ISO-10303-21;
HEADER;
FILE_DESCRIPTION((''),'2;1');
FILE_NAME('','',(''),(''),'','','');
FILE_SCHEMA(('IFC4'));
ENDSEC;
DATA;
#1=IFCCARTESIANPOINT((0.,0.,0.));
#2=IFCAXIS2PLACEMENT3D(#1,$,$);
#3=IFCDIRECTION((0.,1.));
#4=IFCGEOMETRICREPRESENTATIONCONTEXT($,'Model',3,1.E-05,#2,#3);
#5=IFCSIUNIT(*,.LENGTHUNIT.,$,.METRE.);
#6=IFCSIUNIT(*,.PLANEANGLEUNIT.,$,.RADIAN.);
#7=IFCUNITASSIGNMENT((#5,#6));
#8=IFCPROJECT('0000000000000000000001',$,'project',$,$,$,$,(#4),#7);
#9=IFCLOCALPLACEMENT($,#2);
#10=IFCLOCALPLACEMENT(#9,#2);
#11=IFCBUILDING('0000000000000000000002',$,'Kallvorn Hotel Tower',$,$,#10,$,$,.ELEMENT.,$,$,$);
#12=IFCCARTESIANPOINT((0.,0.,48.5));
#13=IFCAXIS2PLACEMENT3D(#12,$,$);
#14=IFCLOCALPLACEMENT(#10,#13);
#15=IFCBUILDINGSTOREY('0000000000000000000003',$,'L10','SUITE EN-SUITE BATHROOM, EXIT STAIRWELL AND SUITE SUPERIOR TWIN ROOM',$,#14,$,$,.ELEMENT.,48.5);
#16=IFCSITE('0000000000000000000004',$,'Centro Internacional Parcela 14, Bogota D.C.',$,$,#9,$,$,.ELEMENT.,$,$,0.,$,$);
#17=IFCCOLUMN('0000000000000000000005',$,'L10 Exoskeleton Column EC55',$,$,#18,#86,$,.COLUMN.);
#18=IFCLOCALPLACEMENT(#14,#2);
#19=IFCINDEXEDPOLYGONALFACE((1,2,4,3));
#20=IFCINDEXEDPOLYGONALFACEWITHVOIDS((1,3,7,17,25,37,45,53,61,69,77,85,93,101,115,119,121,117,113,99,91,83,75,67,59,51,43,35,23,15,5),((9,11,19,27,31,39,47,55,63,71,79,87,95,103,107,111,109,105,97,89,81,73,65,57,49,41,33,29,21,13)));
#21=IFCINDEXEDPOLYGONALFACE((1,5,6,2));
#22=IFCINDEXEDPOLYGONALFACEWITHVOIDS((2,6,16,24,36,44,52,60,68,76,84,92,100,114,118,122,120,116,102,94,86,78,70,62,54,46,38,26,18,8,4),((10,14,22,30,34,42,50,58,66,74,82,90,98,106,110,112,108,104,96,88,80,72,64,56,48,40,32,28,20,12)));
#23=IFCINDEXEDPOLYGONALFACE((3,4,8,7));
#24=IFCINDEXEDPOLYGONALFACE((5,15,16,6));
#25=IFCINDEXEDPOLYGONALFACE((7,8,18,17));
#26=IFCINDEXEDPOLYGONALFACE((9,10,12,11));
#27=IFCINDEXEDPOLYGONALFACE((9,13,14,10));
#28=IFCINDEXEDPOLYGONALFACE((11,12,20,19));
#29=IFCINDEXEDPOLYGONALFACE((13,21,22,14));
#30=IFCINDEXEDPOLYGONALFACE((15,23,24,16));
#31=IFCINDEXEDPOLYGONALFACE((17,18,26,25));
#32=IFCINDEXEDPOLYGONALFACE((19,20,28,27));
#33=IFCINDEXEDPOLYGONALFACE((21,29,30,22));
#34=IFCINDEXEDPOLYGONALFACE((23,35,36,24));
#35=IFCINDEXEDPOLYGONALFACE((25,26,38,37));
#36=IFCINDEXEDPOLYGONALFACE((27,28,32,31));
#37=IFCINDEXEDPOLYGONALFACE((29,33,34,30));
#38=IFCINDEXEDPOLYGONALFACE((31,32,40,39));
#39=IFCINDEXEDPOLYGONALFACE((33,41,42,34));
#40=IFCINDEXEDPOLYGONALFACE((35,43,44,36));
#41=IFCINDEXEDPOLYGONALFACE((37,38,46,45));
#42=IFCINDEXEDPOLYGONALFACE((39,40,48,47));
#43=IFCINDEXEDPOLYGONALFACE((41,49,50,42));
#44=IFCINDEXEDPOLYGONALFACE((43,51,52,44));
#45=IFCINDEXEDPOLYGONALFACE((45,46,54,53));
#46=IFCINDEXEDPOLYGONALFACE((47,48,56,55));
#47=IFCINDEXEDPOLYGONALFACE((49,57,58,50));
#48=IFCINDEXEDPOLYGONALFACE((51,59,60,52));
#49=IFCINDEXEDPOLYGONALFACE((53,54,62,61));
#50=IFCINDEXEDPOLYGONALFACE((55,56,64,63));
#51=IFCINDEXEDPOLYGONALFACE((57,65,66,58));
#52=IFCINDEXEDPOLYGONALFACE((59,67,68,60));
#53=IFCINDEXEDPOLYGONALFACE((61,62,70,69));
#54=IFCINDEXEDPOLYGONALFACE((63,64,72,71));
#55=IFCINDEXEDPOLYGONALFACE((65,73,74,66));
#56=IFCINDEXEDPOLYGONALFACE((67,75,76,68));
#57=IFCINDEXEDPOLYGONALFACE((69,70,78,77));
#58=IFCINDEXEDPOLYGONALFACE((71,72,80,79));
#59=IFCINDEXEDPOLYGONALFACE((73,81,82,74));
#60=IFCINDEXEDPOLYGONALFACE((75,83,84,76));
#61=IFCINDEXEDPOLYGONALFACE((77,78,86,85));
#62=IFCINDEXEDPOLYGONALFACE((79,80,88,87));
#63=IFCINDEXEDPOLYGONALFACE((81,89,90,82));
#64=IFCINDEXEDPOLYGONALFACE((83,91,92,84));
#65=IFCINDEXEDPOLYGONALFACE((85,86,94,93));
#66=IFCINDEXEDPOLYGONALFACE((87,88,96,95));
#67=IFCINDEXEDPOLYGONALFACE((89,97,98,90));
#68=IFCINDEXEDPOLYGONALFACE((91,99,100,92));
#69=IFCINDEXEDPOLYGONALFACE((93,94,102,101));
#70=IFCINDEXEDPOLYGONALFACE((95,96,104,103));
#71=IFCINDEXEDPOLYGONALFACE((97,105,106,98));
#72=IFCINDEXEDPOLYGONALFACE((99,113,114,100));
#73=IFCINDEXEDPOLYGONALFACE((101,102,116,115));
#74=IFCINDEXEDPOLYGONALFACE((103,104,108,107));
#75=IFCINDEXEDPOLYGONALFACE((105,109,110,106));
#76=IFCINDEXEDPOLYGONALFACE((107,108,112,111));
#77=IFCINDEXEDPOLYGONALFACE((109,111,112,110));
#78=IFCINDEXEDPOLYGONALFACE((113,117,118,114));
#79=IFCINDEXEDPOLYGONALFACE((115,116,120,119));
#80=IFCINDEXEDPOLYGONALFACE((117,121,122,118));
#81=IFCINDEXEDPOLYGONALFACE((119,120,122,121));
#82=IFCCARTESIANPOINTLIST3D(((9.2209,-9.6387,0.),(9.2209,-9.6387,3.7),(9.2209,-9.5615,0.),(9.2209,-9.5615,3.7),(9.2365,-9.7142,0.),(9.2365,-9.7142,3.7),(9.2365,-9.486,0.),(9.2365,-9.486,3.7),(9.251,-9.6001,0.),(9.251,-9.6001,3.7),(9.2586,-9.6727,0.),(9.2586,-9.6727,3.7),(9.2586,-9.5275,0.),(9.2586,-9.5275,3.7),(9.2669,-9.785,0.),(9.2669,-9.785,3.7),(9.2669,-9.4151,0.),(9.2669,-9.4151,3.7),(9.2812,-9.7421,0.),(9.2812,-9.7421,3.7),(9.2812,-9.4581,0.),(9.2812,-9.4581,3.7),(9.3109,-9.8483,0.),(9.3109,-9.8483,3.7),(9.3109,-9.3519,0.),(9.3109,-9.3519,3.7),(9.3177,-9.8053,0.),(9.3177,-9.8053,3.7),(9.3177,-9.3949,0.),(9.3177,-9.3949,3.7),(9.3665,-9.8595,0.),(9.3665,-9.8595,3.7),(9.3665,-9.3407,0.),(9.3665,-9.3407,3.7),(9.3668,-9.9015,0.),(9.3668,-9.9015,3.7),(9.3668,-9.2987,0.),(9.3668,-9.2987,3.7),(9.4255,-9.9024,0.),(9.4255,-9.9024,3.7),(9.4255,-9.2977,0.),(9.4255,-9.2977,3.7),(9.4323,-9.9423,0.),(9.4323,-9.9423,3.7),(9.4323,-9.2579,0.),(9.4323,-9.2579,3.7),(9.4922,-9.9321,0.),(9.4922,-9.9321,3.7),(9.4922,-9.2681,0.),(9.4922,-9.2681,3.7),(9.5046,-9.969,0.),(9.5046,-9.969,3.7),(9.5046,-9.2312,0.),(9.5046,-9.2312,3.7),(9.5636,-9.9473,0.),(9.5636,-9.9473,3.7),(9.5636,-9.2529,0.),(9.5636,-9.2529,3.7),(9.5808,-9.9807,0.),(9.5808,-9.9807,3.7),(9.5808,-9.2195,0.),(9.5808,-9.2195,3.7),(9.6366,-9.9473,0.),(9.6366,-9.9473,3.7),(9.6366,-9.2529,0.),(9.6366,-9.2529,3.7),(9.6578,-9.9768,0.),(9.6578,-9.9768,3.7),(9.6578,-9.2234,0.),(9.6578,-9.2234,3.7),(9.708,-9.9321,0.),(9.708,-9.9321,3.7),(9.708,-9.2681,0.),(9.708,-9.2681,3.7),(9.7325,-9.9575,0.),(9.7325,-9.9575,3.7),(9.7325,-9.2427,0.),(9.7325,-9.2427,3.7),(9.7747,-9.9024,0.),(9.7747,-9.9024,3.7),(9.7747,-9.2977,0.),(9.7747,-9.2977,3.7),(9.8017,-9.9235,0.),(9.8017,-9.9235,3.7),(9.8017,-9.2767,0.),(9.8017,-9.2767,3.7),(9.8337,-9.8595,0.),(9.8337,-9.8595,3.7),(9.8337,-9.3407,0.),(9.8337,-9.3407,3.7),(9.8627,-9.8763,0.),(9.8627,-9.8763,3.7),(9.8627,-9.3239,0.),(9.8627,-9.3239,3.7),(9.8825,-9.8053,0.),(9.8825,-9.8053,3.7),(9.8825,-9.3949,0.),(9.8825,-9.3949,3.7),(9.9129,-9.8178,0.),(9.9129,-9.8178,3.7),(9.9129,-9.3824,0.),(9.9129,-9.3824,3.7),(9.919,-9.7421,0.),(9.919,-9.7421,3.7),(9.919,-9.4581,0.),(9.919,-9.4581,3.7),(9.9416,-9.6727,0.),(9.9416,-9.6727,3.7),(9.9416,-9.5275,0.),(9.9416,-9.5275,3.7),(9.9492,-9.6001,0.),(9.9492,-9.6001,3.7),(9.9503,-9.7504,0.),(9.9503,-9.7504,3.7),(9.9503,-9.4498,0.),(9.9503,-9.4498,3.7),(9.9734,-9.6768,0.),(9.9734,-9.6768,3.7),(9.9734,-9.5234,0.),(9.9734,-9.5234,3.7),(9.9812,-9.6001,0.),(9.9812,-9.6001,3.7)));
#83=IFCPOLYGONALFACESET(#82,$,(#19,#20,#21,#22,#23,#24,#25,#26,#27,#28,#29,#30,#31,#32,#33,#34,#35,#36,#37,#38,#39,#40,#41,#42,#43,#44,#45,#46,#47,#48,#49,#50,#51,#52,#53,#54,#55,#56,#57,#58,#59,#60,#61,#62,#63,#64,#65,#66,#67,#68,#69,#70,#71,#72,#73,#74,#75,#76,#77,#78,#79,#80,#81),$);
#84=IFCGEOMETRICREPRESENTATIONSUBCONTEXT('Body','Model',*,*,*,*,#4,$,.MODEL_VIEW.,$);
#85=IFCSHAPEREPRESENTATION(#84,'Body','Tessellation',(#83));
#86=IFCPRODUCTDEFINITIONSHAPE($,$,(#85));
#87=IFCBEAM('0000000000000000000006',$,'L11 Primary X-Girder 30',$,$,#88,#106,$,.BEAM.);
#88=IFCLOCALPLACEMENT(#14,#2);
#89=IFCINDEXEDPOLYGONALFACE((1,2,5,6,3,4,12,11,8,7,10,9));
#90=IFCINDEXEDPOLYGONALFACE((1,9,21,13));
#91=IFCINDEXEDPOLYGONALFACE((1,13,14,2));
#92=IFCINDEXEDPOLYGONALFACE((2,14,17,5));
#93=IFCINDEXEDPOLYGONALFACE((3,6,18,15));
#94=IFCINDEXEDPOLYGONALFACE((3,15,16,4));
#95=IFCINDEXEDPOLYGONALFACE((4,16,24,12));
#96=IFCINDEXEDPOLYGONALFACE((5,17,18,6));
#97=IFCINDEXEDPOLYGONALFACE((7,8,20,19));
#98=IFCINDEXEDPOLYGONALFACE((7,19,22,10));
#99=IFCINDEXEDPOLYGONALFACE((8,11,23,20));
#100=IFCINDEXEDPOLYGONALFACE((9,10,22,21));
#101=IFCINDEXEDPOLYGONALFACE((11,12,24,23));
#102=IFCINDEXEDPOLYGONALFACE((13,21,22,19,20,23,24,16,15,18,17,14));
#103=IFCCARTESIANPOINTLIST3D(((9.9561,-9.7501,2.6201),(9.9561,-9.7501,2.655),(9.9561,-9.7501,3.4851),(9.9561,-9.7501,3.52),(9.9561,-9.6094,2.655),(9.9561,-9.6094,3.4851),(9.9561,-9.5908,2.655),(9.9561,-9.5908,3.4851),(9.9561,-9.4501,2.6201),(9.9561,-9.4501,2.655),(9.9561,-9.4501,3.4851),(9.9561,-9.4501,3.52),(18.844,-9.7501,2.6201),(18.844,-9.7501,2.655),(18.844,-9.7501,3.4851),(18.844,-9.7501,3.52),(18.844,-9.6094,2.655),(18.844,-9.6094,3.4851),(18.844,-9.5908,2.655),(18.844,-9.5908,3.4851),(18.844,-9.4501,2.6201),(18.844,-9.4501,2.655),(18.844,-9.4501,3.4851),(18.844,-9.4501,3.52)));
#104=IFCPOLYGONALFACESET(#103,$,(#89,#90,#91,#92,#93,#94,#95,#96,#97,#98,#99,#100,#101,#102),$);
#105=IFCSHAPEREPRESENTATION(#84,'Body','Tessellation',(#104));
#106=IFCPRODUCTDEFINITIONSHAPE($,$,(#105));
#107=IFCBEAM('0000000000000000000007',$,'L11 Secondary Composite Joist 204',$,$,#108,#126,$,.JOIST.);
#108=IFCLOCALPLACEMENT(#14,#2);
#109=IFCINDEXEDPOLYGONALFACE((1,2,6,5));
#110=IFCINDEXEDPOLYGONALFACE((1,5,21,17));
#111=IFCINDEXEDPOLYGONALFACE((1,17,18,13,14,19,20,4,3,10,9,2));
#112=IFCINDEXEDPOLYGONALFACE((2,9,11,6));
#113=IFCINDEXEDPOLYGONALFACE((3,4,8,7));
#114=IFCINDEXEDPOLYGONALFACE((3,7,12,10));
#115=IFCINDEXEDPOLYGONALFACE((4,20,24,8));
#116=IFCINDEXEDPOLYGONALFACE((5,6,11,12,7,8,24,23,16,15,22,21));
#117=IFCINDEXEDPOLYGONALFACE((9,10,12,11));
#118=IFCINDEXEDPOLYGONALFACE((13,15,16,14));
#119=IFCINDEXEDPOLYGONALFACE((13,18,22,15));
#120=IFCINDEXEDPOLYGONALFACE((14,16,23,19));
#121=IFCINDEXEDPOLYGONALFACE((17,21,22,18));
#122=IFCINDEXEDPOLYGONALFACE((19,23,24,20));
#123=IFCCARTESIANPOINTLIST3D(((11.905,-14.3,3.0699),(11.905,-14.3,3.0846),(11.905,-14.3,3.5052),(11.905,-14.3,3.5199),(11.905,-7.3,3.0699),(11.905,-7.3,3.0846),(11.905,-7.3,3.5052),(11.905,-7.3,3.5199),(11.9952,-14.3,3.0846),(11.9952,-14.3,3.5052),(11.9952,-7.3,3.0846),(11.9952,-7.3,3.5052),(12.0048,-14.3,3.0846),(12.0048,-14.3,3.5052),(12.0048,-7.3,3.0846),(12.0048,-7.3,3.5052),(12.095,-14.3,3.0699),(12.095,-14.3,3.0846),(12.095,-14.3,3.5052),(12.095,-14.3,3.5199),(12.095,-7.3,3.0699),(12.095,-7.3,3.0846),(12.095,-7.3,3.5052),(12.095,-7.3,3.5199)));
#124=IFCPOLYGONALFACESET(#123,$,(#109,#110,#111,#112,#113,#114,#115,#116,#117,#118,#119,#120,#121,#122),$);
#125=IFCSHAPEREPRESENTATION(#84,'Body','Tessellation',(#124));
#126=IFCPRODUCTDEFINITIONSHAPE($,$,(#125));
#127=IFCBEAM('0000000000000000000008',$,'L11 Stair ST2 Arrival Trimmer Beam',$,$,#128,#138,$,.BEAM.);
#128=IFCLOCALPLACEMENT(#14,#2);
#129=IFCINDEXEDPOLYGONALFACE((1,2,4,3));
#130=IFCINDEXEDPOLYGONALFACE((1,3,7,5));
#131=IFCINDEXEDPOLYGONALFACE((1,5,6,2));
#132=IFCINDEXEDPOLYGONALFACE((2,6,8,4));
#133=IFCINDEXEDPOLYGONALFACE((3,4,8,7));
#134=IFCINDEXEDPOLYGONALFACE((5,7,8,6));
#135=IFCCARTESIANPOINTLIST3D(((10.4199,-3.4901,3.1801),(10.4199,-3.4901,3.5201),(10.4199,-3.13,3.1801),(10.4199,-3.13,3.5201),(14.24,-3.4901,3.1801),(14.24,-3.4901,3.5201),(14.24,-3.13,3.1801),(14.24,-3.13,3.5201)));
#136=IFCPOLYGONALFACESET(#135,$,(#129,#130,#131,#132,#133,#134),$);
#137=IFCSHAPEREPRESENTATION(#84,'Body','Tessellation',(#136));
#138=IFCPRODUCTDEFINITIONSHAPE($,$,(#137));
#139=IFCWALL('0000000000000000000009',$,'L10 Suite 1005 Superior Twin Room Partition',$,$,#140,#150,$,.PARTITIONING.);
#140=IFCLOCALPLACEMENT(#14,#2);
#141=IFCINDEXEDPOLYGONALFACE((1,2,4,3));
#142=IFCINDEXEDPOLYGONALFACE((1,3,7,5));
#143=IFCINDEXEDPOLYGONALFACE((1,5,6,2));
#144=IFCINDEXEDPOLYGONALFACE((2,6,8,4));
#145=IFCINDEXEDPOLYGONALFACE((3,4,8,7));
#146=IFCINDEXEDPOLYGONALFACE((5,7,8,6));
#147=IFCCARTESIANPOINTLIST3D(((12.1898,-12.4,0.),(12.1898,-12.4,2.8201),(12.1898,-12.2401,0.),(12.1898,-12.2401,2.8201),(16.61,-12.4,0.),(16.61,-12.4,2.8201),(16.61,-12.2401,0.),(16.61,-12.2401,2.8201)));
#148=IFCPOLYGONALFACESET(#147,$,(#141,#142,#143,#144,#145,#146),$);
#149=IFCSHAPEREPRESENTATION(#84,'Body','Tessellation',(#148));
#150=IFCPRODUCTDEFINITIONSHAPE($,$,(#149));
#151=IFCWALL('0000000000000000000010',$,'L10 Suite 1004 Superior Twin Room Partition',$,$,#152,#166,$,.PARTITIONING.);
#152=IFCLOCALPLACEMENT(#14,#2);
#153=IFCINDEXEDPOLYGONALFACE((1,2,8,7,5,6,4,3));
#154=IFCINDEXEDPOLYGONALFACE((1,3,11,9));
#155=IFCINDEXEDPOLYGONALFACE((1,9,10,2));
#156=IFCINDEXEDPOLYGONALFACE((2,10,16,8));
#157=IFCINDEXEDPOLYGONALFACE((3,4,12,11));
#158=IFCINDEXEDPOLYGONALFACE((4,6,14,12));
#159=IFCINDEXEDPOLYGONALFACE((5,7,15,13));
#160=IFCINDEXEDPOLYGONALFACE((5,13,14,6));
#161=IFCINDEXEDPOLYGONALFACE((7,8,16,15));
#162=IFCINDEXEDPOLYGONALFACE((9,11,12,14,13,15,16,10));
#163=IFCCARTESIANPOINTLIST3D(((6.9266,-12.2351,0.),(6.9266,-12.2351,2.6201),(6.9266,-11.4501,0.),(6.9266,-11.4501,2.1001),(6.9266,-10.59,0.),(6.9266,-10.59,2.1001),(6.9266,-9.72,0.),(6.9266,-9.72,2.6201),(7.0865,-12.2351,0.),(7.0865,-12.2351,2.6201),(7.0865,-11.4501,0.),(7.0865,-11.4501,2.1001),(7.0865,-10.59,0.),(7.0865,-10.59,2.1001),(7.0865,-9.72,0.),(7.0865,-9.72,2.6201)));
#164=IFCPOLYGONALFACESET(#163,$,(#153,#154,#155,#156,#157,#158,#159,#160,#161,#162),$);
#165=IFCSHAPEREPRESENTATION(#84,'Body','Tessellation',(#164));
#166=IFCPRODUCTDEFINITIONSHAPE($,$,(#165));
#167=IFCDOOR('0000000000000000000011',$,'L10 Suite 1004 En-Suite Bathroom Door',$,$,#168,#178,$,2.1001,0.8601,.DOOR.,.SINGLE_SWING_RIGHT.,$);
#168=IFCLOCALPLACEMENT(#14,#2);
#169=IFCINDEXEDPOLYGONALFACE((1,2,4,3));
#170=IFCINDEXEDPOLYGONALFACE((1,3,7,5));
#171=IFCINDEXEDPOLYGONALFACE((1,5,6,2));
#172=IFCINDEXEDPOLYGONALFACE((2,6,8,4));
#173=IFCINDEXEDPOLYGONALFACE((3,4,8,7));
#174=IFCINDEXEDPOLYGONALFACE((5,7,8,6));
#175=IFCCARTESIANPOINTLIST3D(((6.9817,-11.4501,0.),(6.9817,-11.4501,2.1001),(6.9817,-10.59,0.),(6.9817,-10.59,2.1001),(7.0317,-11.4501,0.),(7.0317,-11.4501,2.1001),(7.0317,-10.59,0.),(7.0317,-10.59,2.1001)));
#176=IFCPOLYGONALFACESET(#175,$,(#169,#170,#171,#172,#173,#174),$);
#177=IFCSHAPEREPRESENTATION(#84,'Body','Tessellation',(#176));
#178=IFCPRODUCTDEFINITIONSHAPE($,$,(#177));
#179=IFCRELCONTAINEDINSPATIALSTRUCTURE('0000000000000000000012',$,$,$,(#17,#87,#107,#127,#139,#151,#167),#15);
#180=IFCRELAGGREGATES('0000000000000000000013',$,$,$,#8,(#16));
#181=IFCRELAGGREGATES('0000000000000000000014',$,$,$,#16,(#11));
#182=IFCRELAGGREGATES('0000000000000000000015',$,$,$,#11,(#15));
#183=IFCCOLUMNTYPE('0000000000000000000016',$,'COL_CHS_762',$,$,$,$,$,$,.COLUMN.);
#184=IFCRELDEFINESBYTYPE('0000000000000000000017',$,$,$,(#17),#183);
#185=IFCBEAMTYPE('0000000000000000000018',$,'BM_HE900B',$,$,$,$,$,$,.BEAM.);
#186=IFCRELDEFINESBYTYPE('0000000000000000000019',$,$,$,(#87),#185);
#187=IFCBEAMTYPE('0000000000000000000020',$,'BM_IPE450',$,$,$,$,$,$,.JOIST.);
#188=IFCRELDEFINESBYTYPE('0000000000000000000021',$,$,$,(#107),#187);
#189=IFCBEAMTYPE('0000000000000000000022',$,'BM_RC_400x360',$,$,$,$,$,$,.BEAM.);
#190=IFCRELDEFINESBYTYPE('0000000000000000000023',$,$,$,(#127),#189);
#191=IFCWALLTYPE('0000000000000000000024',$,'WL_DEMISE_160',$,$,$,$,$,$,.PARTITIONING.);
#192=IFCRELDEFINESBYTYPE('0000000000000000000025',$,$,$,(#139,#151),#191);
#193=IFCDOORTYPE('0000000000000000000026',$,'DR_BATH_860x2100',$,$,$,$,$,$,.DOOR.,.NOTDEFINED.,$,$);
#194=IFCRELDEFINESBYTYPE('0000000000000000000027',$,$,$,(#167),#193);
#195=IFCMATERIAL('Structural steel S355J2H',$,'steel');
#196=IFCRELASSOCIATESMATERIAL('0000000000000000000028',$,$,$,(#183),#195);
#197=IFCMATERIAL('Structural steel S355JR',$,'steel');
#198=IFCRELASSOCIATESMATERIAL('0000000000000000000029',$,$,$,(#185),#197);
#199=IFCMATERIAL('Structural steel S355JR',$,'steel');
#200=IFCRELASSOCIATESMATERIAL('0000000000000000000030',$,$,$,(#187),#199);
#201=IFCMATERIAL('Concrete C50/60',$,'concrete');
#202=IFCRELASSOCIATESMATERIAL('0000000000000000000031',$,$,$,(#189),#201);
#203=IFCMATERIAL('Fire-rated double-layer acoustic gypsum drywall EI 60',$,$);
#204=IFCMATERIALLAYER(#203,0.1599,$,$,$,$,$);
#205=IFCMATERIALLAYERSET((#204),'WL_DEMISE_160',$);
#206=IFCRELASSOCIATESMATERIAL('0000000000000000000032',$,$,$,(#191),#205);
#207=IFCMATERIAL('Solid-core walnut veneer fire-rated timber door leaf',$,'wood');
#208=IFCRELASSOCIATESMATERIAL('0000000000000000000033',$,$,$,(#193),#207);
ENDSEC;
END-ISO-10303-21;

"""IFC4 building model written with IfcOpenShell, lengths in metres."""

from ifc_helpers import new_model, si_unit, direction, frame, frame_2d, origin, origin_2d, place, context, subcontext, project, spatial, rectangle, hollow_circle, i_section, extrude, material, layer, layer_set, material_profile, profile_set, type_object, element, fill, save


model = new_model("IFC4")

# Units and contexts
model_context = context("Model", 3, precision=1e-05, world=origin(), true_north=direction((0.0, 1.0)))
body_context = subcontext(model_context, "Body", "Model", "MODEL_VIEW")
ifc_project = project(units=[si_unit("LENGTHUNIT", "METRE"), si_unit("PLANEANGLEUNIT", "RADIAN")], contexts=[model_context])

# Site, building, storey
site_placement = place(None, origin())
site = spatial("IfcSite", under=ifc_project, at=site_placement, Name="Centro Internacional Parcela 14, Bogota D.C.", CompositionType="ELEMENT", RefElevation=0.0)
building_placement = place(site_placement, origin())
building = spatial("IfcBuilding", under=site, at=building_placement, Name="Kallvorn Hotel Tower", CompositionType="ELEMENT")
storey_placement = place(building_placement, frame((0.0, 0.0, 48.5)))
storey = spatial("IfcBuildingStorey", under=building, at=storey_placement, Name="L10", Description="SUITE EN-SUITE BATHROOM, EXIT STAIRWELL AND SUITE SUPERIOR TWIN ROOM", CompositionType="ELEMENT", Elevation=48.5)

# Column
ifc_material_1 = material(Name="Structural steel S355J2H", Category="steel")
ifc_material_profile_1 = material_profile(ifc_material_1, hollow_circle(Radius=0.3811, WallThickness=0.032, at=origin_2d()), Name="CHS 762x32")
ifc_profile_set_1 = profile_set([ifc_material_profile_1], Name="Structural steel S355J2H")
column_type = type_object("IfcColumnType", Name="COL_CHS_762", PredefinedType="COLUMN", material=ifc_profile_set_1)
column_placement = place(storey_placement, frame((9.6001, -9.6001, 0.0), z_axis=(0.0, 0.0, 1.0), x_axis=(1.0, 0.0, 0.0)))
element("IfcColumn", 1, at=column_placement, inside=storey, type_object=column_type, Name="L10 Exoskeleton Column EC55", PredefinedType="COLUMN", context=body_context, shape_type="SweptSolid", body=[
    extrude(hollow_circle(Radius=0.3811, WallThickness=0.032, at=origin_2d()), origin(), (0.0, 0.0, 1.0), 3.7),
])

# Beams
ifc_material_2 = material(Name="Structural steel S355JR", Category="steel")
ifc_material_profile_2 = material_profile(ifc_material_2, i_section(OverallWidth=0.3, OverallDepth=0.8999, WebThickness=0.0186, FlangeThickness=0.0349, at=origin_2d()), Name="HE 900 B")
ifc_profile_set_2 = profile_set([ifc_material_profile_2], Name="Structural steel S355JR")
beam_type_1 = type_object("IfcBeamType", Name="BM_HE900B", PredefinedType="BEAM", material=ifc_profile_set_2)
beam_1_placement = place(storey_placement, frame((9.9561, -9.6001, 3.0701), z_axis=(1.0, 0.0, 0.0), x_axis=(0.0, 1.0, 0.0)))
element("IfcBeam", 2, at=beam_1_placement, inside=storey, type_object=beam_type_1, Name="L11 Primary X-Girder 30", PredefinedType="BEAM", context=body_context, shape_type="SweptSolid", body=[
    extrude(i_section(OverallWidth=0.3, OverallDepth=0.8999, WebThickness=0.0186, FlangeThickness=0.0349, at=origin_2d()), origin(), (0.0, 0.0, 1.0), 8.8879),
])
ifc_material_3 = material(Name="Structural steel S355JR", Category="steel")
ifc_material_profile_3 = material_profile(ifc_material_3, i_section(OverallWidth=0.1899, OverallDepth=0.45, WebThickness=0.0095, FlangeThickness=0.0146, at=origin_2d()), Name="IPE 450")
ifc_profile_set_3 = profile_set([ifc_material_profile_3], Name="Structural steel S355JR")
beam_type_2 = type_object("IfcBeamType", Name="BM_IPE450", PredefinedType="JOIST", material=ifc_profile_set_3)
beam_2_placement = place(storey_placement, frame((12.0, -14.3, 3.2949), z_axis=(0.0, 1.0, 0.0), x_axis=(-1.0, 0.0, 0.0)))
element("IfcBeam", 3, at=beam_2_placement, inside=storey, type_object=beam_type_2, Name="L11 Secondary Composite Joist 204", PredefinedType="JOIST", context=body_context, shape_type="SweptSolid", body=[
    extrude(i_section(OverallWidth=0.1899, OverallDepth=0.45, WebThickness=0.0095, FlangeThickness=0.0146, at=origin_2d()), origin(), (0.0, 0.0, 1.0), 7.0),
])
ifc_material_4 = material(Name="Concrete C50/60", Category="concrete")
ifc_material_profile_4 = material_profile(ifc_material_4, rectangle(XDim=0.3601, YDim=0.3401, at=origin_2d()), Name="RC 360x340")
ifc_profile_set_4 = profile_set([ifc_material_profile_4], Name="Concrete C50/60")
beam_type_3 = type_object("IfcBeamType", Name="BM_RC_400x360", PredefinedType="BEAM", material=ifc_profile_set_4)
beam_3_placement = place(storey_placement, frame((14.24, -3.3101, 3.3501), z_axis=(-1.0, 0.0, 0.0), x_axis=(0.0, -1.0, 0.0)))
element("IfcBeam", 4, at=beam_3_placement, inside=storey, type_object=beam_type_3, Name="L11 Stair ST2 Arrival Trimmer Beam", PredefinedType="BEAM", context=body_context, shape_type="SweptSolid", body=[
    extrude(rectangle(XDim=0.3601, YDim=0.3401, at=origin_2d()), origin(), (0.0, 0.0, 1.0), 3.8201),
])

# Wall
ifc_material_5 = material(Name="Fire-rated double-layer acoustic gypsum drywall EI 60")
ifc_layer_1 = layer(ifc_material_5, 0.1599)
ifc_layer_set_1 = layer_set([ifc_layer_1], Name="WL_DEMISE_160")
wall_type_1 = type_object("IfcWallType", Name="WL_DEMISE_160", PredefinedType="PARTITIONING", material=ifc_layer_set_1)
wall_1_placement = place(storey_placement, frame((12.1899, -12.3201, 0.0), z_axis=(0.0, 0.0, 1.0), x_axis=(1.0, 0.0, 0.0)))
element("IfcWall", 5, at=wall_1_placement, inside=storey, type_object=wall_type_1, Name="L10 Suite 1005 Superior Twin Room Partition", PredefinedType="PARTITIONING", context=body_context, shape_type="SweptSolid", body=[
    extrude(rectangle(XDim=4.4202, YDim=0.1599, at=frame_2d((2.21, 0.0))), origin(), (0.0, 0.0, 1.0), 2.8201),
])

# Wall, opening, door
wall_2_placement = place(storey_placement, frame((7.0066, -12.2351, 0.0), z_axis=(0.0, 0.0, 1.0), x_axis=(0.0, 1.0, 0.0)))
wall_2 = element("IfcWall", 6, at=wall_2_placement, inside=storey, type_object=wall_type_1, Name="L10 Suite 1004 Superior Twin Room Partition", PredefinedType="PARTITIONING", context=body_context, shape_type="SweptSolid", body=[
    extrude(rectangle(XDim=2.5151, YDim=0.1599, at=frame_2d((1.2576, 0.0))), origin(), (0.0, 0.0, 1.0), 2.6201),
])
opening_1_placement = place(wall_2_placement, frame((0.7849, 0.0, 0.0)))
opening_1 = element("IfcOpeningElement", 7, at=opening_1_placement, cuts=wall_2, PredefinedType="OPENING", context=body_context, shape_type="SweptSolid", body=[
    extrude(rectangle(XDim=0.8601, YDim=2.1001, at=frame_2d((0.4302, 1.05))), frame((0.0, 0.095, 0.0), z_axis=(0.0, -1.0, 0.0), x_axis=(1.0, 0.0, 0.0)), (0.0, 0.0, 1.0), 0.1899),
])
ifc_material_6 = material(Name="Solid-core walnut veneer fire-rated timber door leaf", Category="wood")
door_type_1 = type_object("IfcDoorType", Name="DR_BATH_860x2100", OperationType="NOTDEFINED", PredefinedType="DOOR", material=ifc_material_6)
door_1_placement = place(opening_1_placement, origin())
door_1 = element("IfcDoor", 8, at=door_1_placement, inside=storey, type_object=door_type_1, Name="L10 Suite 1004 En-Suite Bathroom Door", OperationType="SINGLE_SWING_RIGHT", OverallHeight=2.1001, OverallWidth=0.8601, PredefinedType="DOOR", context=body_context, shape_type="SweptSolid", body=[
    extrude(rectangle(XDim=0.8601, YDim=2.1001, at=frame_2d((0.4302, 1.05))), frame((0.0, 0.0249, 0.0), z_axis=(0.0, -1.0, 0.0), x_axis=(1.0, 0.0, 0.0)), (0.0, 0.0, 1.0), 0.05),
])
fill(opening_1, door_1)

save(model, "model.ifc")
